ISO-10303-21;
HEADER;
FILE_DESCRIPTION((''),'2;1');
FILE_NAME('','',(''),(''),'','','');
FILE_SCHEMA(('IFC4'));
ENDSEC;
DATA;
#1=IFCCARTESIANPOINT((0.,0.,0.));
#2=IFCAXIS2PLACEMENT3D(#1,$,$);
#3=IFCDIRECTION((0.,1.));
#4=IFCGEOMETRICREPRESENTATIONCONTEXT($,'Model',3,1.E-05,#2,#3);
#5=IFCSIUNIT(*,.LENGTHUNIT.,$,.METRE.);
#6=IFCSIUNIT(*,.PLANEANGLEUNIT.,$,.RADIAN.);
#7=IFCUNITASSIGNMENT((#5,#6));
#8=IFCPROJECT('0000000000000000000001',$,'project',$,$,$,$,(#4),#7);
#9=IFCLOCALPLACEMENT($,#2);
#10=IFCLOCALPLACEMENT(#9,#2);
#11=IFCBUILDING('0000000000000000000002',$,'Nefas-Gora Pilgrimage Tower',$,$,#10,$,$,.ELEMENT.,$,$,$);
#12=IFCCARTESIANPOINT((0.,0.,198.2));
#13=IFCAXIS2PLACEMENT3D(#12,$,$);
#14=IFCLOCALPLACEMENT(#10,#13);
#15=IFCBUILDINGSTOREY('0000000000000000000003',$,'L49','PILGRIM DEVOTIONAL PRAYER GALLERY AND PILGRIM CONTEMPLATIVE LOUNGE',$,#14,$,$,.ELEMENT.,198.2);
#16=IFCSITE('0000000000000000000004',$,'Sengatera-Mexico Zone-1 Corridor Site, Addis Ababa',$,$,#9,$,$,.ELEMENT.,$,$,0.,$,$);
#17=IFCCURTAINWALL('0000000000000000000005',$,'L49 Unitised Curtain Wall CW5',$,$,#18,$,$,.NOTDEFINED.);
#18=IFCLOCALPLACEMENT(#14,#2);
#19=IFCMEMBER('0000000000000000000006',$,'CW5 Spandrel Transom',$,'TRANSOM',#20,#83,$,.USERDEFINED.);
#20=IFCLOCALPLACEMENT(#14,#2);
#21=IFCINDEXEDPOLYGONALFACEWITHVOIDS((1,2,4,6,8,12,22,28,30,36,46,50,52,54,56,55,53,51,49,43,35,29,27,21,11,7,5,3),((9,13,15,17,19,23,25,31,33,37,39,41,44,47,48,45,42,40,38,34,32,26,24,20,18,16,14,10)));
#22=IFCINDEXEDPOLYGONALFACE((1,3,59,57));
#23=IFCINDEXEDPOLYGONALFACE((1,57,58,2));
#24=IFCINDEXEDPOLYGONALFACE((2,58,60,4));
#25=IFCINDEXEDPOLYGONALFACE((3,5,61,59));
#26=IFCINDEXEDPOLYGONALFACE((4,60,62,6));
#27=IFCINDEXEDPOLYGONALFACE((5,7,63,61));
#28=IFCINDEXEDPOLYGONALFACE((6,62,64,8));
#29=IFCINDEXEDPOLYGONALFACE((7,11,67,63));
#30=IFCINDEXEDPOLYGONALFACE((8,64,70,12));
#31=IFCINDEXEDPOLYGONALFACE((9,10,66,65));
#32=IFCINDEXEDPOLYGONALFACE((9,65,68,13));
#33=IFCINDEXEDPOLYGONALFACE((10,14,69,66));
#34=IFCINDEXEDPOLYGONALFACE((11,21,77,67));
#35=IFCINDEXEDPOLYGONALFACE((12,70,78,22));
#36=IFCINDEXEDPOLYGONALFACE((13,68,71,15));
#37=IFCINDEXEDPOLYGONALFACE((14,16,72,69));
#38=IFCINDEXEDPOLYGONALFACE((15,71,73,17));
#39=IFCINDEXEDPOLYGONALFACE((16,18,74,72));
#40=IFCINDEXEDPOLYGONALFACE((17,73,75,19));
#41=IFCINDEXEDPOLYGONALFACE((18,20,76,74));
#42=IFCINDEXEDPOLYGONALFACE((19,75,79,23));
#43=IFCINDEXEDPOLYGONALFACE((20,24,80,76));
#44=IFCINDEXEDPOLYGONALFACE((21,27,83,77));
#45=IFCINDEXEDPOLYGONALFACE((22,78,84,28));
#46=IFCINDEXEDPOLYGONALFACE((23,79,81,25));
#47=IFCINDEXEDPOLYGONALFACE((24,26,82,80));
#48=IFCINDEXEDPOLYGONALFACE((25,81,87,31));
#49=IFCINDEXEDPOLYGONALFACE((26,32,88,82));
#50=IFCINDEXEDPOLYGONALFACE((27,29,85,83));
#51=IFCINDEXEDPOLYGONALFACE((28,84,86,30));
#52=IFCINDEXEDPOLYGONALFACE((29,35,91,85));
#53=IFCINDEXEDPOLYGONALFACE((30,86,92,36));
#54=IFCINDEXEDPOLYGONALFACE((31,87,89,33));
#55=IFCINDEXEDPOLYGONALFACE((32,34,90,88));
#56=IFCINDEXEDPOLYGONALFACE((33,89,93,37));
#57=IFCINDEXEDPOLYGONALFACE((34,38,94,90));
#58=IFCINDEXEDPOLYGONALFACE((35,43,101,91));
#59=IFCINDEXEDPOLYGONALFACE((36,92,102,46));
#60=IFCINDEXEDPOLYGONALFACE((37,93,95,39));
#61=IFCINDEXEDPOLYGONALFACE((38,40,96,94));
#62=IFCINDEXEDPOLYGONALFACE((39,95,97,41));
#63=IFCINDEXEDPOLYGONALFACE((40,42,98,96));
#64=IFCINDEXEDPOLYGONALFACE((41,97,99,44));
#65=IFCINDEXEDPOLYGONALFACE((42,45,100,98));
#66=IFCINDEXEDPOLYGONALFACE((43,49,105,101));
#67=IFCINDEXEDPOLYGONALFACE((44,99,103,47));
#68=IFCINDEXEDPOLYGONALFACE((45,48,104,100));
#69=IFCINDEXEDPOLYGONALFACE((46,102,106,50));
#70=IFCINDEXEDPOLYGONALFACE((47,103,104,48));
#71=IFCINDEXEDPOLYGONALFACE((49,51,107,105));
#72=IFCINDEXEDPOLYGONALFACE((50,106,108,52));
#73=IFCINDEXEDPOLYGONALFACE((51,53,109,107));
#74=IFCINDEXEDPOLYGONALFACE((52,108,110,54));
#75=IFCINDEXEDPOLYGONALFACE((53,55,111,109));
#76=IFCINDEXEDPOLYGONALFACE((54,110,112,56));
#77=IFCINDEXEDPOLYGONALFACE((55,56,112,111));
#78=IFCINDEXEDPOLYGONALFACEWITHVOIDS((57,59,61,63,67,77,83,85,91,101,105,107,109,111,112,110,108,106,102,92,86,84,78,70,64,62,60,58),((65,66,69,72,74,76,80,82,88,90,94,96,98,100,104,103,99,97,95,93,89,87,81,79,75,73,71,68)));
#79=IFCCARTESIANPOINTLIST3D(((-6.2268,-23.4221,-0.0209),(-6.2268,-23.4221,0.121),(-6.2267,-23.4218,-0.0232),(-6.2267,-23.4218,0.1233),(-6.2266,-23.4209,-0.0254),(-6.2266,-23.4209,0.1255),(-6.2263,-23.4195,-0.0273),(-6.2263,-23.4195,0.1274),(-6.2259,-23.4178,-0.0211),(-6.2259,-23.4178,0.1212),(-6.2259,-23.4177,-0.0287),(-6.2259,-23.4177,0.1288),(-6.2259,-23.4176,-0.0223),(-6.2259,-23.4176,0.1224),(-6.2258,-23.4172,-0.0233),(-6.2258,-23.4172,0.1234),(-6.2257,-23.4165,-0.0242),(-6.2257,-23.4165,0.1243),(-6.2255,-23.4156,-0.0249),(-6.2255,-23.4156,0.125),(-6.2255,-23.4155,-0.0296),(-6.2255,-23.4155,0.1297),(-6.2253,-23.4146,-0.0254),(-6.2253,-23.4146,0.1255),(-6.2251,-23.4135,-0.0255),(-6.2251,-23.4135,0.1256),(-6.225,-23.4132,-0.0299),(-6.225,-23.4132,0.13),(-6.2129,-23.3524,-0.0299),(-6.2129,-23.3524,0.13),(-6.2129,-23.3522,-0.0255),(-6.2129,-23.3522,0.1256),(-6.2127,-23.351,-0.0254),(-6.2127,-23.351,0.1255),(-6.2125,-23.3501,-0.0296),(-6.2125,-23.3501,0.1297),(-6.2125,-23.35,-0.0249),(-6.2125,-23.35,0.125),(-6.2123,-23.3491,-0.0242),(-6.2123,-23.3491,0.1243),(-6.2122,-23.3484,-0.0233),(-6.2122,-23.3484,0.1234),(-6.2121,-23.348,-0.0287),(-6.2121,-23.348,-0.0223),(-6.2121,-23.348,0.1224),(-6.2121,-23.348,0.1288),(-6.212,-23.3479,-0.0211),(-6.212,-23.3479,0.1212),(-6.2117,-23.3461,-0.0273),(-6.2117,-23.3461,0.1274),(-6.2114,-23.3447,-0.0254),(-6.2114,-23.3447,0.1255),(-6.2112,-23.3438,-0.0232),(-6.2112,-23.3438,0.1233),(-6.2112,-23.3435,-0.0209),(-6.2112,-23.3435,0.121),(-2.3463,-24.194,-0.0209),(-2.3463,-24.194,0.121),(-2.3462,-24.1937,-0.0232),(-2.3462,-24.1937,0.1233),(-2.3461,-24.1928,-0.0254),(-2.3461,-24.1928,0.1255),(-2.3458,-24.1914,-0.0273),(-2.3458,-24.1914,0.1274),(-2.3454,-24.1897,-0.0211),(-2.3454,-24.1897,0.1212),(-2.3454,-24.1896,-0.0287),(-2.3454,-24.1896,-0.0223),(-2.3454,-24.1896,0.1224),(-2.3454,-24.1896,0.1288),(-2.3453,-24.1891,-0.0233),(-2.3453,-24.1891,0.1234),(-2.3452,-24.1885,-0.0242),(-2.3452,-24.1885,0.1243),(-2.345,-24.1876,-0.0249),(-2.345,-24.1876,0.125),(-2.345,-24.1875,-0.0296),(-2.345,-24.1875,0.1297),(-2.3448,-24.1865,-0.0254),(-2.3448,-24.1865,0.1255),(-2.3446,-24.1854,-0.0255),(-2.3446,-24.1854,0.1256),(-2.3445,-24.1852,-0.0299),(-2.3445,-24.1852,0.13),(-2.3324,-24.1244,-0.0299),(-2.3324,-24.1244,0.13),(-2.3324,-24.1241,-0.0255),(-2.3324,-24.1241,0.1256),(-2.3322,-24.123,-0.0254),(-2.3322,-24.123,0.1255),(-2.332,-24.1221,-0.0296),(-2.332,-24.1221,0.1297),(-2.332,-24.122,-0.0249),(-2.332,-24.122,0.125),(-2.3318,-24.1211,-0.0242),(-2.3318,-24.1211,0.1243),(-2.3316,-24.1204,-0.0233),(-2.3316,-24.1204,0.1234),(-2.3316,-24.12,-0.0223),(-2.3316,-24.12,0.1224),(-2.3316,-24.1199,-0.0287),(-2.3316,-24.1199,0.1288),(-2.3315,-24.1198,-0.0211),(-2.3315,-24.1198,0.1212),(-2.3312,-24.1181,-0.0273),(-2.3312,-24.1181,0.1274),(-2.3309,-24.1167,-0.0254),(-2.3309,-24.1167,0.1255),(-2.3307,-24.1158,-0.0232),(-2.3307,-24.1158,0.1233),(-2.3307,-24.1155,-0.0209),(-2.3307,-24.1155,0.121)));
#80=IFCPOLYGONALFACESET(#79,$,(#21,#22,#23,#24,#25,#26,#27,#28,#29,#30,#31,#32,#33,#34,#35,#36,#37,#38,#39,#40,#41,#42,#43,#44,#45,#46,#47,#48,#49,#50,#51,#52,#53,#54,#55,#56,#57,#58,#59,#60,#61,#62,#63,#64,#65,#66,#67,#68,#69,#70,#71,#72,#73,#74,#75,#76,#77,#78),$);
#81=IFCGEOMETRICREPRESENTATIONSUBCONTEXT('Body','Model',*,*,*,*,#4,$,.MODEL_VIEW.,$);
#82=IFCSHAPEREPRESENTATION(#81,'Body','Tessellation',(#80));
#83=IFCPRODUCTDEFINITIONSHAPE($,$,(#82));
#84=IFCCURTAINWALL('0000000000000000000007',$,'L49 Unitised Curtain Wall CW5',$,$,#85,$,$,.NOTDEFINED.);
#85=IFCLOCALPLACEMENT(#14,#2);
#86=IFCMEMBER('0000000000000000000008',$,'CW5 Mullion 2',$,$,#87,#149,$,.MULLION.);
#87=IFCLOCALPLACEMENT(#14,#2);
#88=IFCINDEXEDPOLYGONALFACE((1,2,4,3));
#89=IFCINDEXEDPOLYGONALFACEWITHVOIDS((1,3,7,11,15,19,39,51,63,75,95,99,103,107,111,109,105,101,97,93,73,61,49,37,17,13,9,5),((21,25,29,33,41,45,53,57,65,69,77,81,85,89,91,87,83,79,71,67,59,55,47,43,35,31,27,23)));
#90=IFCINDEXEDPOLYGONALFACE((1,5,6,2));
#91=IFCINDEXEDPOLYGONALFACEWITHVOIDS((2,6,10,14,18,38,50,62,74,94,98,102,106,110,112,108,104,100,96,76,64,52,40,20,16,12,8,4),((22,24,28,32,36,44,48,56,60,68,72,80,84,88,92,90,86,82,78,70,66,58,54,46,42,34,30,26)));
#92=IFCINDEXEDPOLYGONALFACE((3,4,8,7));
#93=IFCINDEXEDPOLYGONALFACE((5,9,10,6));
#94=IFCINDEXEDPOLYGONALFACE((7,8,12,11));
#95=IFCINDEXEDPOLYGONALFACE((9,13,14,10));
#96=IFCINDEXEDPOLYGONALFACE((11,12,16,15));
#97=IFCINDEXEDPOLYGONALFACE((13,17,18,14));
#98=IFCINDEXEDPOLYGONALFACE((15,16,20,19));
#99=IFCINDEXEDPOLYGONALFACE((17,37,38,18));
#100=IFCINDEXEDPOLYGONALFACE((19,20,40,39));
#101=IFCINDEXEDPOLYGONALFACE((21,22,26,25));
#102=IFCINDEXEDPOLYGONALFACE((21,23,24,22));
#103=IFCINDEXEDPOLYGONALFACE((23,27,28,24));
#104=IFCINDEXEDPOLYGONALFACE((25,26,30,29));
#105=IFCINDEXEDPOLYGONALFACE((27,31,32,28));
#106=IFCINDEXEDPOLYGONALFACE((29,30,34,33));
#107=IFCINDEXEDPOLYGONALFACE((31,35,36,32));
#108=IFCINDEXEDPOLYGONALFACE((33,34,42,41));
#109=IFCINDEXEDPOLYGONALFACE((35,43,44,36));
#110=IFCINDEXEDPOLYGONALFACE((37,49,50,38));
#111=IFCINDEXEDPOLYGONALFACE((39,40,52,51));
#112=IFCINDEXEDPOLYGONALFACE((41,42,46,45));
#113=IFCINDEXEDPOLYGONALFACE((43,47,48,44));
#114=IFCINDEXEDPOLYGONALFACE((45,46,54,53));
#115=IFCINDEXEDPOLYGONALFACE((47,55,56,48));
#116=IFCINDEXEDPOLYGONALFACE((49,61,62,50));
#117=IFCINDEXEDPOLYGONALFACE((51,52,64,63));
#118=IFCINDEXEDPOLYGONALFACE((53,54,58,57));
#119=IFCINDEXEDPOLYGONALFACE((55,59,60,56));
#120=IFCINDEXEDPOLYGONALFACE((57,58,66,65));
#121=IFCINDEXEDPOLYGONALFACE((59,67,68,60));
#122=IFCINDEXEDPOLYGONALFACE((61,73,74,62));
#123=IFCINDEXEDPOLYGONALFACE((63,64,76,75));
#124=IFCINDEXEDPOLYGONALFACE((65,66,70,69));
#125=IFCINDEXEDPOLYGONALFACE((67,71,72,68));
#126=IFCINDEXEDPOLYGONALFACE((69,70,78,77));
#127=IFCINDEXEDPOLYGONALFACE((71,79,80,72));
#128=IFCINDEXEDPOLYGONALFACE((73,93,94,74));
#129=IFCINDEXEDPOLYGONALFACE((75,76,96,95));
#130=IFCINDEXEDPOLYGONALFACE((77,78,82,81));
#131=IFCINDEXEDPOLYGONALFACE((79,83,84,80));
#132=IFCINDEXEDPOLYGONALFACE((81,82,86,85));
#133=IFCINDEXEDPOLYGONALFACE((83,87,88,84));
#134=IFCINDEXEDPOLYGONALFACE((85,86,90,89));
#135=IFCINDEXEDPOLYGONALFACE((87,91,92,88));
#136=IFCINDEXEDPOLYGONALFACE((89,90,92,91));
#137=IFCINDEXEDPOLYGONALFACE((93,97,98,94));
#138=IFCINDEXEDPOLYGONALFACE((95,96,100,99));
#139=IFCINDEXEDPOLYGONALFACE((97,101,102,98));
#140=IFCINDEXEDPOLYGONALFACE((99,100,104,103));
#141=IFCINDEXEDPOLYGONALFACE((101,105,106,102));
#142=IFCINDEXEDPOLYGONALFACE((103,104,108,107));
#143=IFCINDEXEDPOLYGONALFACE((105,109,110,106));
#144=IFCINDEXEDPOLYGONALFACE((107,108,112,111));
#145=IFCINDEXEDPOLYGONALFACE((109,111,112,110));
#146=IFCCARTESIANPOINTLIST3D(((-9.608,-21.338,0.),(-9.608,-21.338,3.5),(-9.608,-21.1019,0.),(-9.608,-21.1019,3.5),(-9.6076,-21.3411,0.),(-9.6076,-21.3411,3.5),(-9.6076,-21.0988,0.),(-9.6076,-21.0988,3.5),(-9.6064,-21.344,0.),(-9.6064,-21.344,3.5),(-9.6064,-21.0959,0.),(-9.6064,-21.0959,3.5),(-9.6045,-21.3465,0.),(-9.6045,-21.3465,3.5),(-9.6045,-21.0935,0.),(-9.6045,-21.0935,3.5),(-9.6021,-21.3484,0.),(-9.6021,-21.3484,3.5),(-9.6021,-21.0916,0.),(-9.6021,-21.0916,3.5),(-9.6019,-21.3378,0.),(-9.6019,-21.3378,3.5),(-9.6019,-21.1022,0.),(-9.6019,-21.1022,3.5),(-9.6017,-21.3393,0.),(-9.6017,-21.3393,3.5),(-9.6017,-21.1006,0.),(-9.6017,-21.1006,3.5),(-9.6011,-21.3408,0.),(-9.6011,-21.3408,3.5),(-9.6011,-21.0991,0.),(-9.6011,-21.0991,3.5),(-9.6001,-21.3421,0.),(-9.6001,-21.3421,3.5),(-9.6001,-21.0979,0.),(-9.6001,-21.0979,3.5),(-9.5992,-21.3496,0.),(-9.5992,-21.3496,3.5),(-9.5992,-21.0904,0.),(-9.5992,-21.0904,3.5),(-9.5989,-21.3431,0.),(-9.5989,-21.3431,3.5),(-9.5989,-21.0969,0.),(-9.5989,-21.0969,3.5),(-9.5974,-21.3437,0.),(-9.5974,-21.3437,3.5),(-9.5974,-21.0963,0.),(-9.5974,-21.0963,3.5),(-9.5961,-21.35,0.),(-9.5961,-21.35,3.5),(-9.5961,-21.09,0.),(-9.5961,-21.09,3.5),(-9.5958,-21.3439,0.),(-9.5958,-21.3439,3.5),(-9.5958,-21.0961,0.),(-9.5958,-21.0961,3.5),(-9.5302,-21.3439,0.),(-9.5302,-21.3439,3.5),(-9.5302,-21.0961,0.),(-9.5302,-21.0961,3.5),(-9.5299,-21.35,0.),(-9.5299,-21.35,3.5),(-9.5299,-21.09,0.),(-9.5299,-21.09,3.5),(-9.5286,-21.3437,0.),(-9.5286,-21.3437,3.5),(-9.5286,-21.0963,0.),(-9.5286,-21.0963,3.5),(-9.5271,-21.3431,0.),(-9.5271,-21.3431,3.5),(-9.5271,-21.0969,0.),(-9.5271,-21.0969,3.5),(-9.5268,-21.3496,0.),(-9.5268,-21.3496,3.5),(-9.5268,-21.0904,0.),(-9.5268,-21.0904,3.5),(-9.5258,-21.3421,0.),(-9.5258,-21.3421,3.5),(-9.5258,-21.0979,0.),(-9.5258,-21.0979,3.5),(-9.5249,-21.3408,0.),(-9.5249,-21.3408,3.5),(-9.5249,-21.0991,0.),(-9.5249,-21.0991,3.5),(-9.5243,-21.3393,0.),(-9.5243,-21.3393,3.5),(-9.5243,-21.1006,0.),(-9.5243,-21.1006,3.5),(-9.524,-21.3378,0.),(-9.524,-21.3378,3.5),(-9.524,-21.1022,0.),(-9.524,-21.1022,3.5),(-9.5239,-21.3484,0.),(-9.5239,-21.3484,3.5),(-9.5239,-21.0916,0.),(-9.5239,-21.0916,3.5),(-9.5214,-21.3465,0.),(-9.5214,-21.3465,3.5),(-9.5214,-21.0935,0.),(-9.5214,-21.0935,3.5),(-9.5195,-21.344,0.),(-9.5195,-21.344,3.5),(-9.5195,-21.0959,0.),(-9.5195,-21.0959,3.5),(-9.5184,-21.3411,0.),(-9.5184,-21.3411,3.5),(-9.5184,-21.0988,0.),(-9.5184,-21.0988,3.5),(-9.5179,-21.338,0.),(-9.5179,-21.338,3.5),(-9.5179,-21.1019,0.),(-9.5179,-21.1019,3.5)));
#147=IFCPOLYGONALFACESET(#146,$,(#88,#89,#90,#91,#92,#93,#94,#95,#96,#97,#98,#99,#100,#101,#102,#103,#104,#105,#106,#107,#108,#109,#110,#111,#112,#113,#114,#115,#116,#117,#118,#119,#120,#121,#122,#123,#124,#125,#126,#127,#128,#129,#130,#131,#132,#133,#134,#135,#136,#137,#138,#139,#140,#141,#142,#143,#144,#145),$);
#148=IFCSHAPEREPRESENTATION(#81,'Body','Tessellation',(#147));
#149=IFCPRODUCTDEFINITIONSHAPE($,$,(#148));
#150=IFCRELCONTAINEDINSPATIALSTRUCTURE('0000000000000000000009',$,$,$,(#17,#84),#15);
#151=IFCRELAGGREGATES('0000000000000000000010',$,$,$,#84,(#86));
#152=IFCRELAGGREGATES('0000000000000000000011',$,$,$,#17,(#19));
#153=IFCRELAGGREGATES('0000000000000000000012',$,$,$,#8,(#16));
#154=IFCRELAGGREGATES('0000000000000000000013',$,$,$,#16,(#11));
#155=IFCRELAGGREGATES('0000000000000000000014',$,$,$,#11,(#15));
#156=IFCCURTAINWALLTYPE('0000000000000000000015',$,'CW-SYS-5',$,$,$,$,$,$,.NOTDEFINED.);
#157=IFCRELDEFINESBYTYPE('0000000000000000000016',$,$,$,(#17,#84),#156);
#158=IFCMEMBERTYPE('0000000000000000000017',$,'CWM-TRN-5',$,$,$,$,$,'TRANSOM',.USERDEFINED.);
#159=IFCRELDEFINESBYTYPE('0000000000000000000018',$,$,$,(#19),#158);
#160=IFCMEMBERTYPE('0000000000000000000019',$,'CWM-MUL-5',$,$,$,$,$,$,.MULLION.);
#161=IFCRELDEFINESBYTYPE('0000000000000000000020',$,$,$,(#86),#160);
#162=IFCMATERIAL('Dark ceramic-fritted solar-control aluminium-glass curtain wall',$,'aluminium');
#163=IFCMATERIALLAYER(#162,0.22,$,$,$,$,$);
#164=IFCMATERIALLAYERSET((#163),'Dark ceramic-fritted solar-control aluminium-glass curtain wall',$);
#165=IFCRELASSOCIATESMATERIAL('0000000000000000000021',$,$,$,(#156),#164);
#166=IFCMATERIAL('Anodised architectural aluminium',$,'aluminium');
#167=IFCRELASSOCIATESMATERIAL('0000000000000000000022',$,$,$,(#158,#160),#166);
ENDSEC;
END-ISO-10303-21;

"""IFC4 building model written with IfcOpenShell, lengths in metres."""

from ifc_helpers import new_model, si_unit, direction, frame, origin, origin_2d, place, context, subcontext, project, spatial, hollow_rectangle, extrude, source, transform, mapped, material, layer, layer_set, material_profile, profile_set, type_object, element, aggregate, save


model = new_model("IFC4")

# Units and contexts
model_context = context("Model", 3, precision=1e-05, world=origin(), true_north=direction((0.0, 1.0)))
body_context = subcontext(model_context, "Body", "Model", "MODEL_VIEW")
ifc_project = project(units=[si_unit("LENGTHUNIT", "METRE"), si_unit("PLANEANGLEUNIT", "RADIAN")], contexts=[model_context])

# Site, building, storey
site_placement = place(None, origin())
site = spatial("IfcSite", under=ifc_project, at=site_placement, Name="Sengatera-Mexico Zone-1 Corridor Site, Addis Ababa", CompositionType="ELEMENT", RefElevation=0.0)
building_placement = place(site_placement, origin())
building = spatial("IfcBuilding", under=site, at=building_placement, Name="Nefas-Gora Pilgrimage Tower", CompositionType="ELEMENT")
storey_placement = place(building_placement, frame((0.0, 0.0, 198.2)))
storey = spatial("IfcBuildingStorey", under=building, at=storey_placement, Name="L49", Description="PILGRIM DEVOTIONAL PRAYER GALLERY AND PILGRIM CONTEMPLATIVE LOUNGE", CompositionType="ELEMENT", Elevation=198.2)

# Curtain walls, members
ifc_material_1 = material(Name="Dark ceramic-fritted solar-control aluminium-glass curtain wall", Category="aluminium")
ifc_layer_1 = layer(ifc_material_1, 0.22)
ifc_layer_set_1 = layer_set([ifc_layer_1], Name="Dark ceramic-fritted solar-control aluminium-glass curtain wall")
curtain_wall_type = type_object("IfcCurtainWallType", Name="CW-SYS-5", PredefinedType="NOTDEFINED", material=ifc_layer_set_1)
curtain_wall_1_placement = place(storey_placement, origin())
curtain_wall_1 = element("IfcCurtainWall", 1, at=curtain_wall_1_placement, inside=storey, type_object=curtain_wall_type, Name="L49 Unitised Curtain Wall CW5", PredefinedType="NOTDEFINED")
ifc_material_2 = material(Name="Anodised architectural aluminium", Category="aluminium")
ifc_material_profile_1 = material_profile(ifc_material_2, hollow_rectangle(XDim=0.0801, YDim=0.1599, WallThickness=0.0044, InnerFilletRadius=0.0044, OuterFilletRadius=0.009, at=origin_2d()), Name="ALU TRANSOM 80x160")
ifc_profile_set_1 = profile_set([ifc_material_profile_1], Name="Anodised architectural aluminium")
member_type_1 = type_object("IfcMemberType", Name="CWM-TRN-5", ElementType="TRANSOM", PredefinedType="USERDEFINED", material=ifc_profile_set_1)
shared_shape_1 = source(origin(), body_context, "Body", "SweptSolid", [
    extrude(hollow_rectangle(XDim=0.0801, YDim=0.1599, WallThickness=0.0044, InnerFilletRadius=0.0044, OuterFilletRadius=0.009, at=origin_2d()), origin(), (0.0, 0.0, 1.0), 3.9565),
])
member_1_placement = place(storey_placement, frame((-6.219, -23.3828, 0.05), z_axis=(0.980782, -0.195107, 0.0), x_axis=(0.195107, 0.980782, 0.0)))
member_1 = element("IfcMember", 2, at=member_1_placement, type_object=member_type_1, Name="CW5 Spandrel Transom", ObjectType="TRANSOM", PredefinedType="USERDEFINED", context=body_context, shape_type="MappedRepresentation", body=[
    mapped(shared_shape_1, transform((0.0, 0.0, 0.0), x_axis=(1.0, 0.0, 0.0), y_axis=(0.0, 1.0, 0.0), z_axis=(0.0, 0.0, 1.0), scale=1.0)),
])
curtain_wall_2_placement = place(storey_placement, origin())
curtain_wall_2 = element("IfcCurtainWall", 3, at=curtain_wall_2_placement, inside=storey, type_object=curtain_wall_type, Name="L49 Unitised Curtain Wall CW5", PredefinedType="NOTDEFINED")
ifc_material_profile_2 = material_profile(ifc_material_2, hollow_rectangle(XDim=0.0901, YDim=0.26, WallThickness=0.0061, InnerFilletRadius=0.0061, OuterFilletRadius=0.012, at=origin_2d()), Name="ALU MULLION 90x260")
ifc_profile_set_2 = profile_set([ifc_material_profile_2], Name="Anodised architectural aluminium")
member_type_2 = type_object("IfcMemberType", Name="CWM-MUL-5", PredefinedType="MULLION", material=ifc_profile_set_2)
shared_shape_2 = source(origin(), body_context, "Body", "SweptSolid", [
    extrude(hollow_rectangle(XDim=0.0901, YDim=0.26, WallThickness=0.0061, InnerFilletRadius=0.0061, OuterFilletRadius=0.012, at=origin_2d()), origin(), (0.0, 0.0, 1.0), 3.5),
])
member_2_placement = place(storey_placement, frame((-9.563, -21.22, 0.0), z_axis=(0.0, 0.0, 1.0), x_axis=(1.0, 0.0, 0.0)))
member_2 = element("IfcMember", 4, at=member_2_placement, type_object=member_type_2, Name="CW5 Mullion 2", PredefinedType="MULLION", context=body_context, shape_type="MappedRepresentation", body=[
    mapped(shared_shape_2, transform((0.0, 0.0, 0.0), x_axis=(1.0, 0.0, 0.0), y_axis=(0.0, 1.0, 0.0), z_axis=(0.0, 0.0, 1.0), scale=1.0)),
])
aggregate(curtain_wall_2, [member_2])

aggregate(curtain_wall_1, [member_1])

save(model, "model.ifc")
